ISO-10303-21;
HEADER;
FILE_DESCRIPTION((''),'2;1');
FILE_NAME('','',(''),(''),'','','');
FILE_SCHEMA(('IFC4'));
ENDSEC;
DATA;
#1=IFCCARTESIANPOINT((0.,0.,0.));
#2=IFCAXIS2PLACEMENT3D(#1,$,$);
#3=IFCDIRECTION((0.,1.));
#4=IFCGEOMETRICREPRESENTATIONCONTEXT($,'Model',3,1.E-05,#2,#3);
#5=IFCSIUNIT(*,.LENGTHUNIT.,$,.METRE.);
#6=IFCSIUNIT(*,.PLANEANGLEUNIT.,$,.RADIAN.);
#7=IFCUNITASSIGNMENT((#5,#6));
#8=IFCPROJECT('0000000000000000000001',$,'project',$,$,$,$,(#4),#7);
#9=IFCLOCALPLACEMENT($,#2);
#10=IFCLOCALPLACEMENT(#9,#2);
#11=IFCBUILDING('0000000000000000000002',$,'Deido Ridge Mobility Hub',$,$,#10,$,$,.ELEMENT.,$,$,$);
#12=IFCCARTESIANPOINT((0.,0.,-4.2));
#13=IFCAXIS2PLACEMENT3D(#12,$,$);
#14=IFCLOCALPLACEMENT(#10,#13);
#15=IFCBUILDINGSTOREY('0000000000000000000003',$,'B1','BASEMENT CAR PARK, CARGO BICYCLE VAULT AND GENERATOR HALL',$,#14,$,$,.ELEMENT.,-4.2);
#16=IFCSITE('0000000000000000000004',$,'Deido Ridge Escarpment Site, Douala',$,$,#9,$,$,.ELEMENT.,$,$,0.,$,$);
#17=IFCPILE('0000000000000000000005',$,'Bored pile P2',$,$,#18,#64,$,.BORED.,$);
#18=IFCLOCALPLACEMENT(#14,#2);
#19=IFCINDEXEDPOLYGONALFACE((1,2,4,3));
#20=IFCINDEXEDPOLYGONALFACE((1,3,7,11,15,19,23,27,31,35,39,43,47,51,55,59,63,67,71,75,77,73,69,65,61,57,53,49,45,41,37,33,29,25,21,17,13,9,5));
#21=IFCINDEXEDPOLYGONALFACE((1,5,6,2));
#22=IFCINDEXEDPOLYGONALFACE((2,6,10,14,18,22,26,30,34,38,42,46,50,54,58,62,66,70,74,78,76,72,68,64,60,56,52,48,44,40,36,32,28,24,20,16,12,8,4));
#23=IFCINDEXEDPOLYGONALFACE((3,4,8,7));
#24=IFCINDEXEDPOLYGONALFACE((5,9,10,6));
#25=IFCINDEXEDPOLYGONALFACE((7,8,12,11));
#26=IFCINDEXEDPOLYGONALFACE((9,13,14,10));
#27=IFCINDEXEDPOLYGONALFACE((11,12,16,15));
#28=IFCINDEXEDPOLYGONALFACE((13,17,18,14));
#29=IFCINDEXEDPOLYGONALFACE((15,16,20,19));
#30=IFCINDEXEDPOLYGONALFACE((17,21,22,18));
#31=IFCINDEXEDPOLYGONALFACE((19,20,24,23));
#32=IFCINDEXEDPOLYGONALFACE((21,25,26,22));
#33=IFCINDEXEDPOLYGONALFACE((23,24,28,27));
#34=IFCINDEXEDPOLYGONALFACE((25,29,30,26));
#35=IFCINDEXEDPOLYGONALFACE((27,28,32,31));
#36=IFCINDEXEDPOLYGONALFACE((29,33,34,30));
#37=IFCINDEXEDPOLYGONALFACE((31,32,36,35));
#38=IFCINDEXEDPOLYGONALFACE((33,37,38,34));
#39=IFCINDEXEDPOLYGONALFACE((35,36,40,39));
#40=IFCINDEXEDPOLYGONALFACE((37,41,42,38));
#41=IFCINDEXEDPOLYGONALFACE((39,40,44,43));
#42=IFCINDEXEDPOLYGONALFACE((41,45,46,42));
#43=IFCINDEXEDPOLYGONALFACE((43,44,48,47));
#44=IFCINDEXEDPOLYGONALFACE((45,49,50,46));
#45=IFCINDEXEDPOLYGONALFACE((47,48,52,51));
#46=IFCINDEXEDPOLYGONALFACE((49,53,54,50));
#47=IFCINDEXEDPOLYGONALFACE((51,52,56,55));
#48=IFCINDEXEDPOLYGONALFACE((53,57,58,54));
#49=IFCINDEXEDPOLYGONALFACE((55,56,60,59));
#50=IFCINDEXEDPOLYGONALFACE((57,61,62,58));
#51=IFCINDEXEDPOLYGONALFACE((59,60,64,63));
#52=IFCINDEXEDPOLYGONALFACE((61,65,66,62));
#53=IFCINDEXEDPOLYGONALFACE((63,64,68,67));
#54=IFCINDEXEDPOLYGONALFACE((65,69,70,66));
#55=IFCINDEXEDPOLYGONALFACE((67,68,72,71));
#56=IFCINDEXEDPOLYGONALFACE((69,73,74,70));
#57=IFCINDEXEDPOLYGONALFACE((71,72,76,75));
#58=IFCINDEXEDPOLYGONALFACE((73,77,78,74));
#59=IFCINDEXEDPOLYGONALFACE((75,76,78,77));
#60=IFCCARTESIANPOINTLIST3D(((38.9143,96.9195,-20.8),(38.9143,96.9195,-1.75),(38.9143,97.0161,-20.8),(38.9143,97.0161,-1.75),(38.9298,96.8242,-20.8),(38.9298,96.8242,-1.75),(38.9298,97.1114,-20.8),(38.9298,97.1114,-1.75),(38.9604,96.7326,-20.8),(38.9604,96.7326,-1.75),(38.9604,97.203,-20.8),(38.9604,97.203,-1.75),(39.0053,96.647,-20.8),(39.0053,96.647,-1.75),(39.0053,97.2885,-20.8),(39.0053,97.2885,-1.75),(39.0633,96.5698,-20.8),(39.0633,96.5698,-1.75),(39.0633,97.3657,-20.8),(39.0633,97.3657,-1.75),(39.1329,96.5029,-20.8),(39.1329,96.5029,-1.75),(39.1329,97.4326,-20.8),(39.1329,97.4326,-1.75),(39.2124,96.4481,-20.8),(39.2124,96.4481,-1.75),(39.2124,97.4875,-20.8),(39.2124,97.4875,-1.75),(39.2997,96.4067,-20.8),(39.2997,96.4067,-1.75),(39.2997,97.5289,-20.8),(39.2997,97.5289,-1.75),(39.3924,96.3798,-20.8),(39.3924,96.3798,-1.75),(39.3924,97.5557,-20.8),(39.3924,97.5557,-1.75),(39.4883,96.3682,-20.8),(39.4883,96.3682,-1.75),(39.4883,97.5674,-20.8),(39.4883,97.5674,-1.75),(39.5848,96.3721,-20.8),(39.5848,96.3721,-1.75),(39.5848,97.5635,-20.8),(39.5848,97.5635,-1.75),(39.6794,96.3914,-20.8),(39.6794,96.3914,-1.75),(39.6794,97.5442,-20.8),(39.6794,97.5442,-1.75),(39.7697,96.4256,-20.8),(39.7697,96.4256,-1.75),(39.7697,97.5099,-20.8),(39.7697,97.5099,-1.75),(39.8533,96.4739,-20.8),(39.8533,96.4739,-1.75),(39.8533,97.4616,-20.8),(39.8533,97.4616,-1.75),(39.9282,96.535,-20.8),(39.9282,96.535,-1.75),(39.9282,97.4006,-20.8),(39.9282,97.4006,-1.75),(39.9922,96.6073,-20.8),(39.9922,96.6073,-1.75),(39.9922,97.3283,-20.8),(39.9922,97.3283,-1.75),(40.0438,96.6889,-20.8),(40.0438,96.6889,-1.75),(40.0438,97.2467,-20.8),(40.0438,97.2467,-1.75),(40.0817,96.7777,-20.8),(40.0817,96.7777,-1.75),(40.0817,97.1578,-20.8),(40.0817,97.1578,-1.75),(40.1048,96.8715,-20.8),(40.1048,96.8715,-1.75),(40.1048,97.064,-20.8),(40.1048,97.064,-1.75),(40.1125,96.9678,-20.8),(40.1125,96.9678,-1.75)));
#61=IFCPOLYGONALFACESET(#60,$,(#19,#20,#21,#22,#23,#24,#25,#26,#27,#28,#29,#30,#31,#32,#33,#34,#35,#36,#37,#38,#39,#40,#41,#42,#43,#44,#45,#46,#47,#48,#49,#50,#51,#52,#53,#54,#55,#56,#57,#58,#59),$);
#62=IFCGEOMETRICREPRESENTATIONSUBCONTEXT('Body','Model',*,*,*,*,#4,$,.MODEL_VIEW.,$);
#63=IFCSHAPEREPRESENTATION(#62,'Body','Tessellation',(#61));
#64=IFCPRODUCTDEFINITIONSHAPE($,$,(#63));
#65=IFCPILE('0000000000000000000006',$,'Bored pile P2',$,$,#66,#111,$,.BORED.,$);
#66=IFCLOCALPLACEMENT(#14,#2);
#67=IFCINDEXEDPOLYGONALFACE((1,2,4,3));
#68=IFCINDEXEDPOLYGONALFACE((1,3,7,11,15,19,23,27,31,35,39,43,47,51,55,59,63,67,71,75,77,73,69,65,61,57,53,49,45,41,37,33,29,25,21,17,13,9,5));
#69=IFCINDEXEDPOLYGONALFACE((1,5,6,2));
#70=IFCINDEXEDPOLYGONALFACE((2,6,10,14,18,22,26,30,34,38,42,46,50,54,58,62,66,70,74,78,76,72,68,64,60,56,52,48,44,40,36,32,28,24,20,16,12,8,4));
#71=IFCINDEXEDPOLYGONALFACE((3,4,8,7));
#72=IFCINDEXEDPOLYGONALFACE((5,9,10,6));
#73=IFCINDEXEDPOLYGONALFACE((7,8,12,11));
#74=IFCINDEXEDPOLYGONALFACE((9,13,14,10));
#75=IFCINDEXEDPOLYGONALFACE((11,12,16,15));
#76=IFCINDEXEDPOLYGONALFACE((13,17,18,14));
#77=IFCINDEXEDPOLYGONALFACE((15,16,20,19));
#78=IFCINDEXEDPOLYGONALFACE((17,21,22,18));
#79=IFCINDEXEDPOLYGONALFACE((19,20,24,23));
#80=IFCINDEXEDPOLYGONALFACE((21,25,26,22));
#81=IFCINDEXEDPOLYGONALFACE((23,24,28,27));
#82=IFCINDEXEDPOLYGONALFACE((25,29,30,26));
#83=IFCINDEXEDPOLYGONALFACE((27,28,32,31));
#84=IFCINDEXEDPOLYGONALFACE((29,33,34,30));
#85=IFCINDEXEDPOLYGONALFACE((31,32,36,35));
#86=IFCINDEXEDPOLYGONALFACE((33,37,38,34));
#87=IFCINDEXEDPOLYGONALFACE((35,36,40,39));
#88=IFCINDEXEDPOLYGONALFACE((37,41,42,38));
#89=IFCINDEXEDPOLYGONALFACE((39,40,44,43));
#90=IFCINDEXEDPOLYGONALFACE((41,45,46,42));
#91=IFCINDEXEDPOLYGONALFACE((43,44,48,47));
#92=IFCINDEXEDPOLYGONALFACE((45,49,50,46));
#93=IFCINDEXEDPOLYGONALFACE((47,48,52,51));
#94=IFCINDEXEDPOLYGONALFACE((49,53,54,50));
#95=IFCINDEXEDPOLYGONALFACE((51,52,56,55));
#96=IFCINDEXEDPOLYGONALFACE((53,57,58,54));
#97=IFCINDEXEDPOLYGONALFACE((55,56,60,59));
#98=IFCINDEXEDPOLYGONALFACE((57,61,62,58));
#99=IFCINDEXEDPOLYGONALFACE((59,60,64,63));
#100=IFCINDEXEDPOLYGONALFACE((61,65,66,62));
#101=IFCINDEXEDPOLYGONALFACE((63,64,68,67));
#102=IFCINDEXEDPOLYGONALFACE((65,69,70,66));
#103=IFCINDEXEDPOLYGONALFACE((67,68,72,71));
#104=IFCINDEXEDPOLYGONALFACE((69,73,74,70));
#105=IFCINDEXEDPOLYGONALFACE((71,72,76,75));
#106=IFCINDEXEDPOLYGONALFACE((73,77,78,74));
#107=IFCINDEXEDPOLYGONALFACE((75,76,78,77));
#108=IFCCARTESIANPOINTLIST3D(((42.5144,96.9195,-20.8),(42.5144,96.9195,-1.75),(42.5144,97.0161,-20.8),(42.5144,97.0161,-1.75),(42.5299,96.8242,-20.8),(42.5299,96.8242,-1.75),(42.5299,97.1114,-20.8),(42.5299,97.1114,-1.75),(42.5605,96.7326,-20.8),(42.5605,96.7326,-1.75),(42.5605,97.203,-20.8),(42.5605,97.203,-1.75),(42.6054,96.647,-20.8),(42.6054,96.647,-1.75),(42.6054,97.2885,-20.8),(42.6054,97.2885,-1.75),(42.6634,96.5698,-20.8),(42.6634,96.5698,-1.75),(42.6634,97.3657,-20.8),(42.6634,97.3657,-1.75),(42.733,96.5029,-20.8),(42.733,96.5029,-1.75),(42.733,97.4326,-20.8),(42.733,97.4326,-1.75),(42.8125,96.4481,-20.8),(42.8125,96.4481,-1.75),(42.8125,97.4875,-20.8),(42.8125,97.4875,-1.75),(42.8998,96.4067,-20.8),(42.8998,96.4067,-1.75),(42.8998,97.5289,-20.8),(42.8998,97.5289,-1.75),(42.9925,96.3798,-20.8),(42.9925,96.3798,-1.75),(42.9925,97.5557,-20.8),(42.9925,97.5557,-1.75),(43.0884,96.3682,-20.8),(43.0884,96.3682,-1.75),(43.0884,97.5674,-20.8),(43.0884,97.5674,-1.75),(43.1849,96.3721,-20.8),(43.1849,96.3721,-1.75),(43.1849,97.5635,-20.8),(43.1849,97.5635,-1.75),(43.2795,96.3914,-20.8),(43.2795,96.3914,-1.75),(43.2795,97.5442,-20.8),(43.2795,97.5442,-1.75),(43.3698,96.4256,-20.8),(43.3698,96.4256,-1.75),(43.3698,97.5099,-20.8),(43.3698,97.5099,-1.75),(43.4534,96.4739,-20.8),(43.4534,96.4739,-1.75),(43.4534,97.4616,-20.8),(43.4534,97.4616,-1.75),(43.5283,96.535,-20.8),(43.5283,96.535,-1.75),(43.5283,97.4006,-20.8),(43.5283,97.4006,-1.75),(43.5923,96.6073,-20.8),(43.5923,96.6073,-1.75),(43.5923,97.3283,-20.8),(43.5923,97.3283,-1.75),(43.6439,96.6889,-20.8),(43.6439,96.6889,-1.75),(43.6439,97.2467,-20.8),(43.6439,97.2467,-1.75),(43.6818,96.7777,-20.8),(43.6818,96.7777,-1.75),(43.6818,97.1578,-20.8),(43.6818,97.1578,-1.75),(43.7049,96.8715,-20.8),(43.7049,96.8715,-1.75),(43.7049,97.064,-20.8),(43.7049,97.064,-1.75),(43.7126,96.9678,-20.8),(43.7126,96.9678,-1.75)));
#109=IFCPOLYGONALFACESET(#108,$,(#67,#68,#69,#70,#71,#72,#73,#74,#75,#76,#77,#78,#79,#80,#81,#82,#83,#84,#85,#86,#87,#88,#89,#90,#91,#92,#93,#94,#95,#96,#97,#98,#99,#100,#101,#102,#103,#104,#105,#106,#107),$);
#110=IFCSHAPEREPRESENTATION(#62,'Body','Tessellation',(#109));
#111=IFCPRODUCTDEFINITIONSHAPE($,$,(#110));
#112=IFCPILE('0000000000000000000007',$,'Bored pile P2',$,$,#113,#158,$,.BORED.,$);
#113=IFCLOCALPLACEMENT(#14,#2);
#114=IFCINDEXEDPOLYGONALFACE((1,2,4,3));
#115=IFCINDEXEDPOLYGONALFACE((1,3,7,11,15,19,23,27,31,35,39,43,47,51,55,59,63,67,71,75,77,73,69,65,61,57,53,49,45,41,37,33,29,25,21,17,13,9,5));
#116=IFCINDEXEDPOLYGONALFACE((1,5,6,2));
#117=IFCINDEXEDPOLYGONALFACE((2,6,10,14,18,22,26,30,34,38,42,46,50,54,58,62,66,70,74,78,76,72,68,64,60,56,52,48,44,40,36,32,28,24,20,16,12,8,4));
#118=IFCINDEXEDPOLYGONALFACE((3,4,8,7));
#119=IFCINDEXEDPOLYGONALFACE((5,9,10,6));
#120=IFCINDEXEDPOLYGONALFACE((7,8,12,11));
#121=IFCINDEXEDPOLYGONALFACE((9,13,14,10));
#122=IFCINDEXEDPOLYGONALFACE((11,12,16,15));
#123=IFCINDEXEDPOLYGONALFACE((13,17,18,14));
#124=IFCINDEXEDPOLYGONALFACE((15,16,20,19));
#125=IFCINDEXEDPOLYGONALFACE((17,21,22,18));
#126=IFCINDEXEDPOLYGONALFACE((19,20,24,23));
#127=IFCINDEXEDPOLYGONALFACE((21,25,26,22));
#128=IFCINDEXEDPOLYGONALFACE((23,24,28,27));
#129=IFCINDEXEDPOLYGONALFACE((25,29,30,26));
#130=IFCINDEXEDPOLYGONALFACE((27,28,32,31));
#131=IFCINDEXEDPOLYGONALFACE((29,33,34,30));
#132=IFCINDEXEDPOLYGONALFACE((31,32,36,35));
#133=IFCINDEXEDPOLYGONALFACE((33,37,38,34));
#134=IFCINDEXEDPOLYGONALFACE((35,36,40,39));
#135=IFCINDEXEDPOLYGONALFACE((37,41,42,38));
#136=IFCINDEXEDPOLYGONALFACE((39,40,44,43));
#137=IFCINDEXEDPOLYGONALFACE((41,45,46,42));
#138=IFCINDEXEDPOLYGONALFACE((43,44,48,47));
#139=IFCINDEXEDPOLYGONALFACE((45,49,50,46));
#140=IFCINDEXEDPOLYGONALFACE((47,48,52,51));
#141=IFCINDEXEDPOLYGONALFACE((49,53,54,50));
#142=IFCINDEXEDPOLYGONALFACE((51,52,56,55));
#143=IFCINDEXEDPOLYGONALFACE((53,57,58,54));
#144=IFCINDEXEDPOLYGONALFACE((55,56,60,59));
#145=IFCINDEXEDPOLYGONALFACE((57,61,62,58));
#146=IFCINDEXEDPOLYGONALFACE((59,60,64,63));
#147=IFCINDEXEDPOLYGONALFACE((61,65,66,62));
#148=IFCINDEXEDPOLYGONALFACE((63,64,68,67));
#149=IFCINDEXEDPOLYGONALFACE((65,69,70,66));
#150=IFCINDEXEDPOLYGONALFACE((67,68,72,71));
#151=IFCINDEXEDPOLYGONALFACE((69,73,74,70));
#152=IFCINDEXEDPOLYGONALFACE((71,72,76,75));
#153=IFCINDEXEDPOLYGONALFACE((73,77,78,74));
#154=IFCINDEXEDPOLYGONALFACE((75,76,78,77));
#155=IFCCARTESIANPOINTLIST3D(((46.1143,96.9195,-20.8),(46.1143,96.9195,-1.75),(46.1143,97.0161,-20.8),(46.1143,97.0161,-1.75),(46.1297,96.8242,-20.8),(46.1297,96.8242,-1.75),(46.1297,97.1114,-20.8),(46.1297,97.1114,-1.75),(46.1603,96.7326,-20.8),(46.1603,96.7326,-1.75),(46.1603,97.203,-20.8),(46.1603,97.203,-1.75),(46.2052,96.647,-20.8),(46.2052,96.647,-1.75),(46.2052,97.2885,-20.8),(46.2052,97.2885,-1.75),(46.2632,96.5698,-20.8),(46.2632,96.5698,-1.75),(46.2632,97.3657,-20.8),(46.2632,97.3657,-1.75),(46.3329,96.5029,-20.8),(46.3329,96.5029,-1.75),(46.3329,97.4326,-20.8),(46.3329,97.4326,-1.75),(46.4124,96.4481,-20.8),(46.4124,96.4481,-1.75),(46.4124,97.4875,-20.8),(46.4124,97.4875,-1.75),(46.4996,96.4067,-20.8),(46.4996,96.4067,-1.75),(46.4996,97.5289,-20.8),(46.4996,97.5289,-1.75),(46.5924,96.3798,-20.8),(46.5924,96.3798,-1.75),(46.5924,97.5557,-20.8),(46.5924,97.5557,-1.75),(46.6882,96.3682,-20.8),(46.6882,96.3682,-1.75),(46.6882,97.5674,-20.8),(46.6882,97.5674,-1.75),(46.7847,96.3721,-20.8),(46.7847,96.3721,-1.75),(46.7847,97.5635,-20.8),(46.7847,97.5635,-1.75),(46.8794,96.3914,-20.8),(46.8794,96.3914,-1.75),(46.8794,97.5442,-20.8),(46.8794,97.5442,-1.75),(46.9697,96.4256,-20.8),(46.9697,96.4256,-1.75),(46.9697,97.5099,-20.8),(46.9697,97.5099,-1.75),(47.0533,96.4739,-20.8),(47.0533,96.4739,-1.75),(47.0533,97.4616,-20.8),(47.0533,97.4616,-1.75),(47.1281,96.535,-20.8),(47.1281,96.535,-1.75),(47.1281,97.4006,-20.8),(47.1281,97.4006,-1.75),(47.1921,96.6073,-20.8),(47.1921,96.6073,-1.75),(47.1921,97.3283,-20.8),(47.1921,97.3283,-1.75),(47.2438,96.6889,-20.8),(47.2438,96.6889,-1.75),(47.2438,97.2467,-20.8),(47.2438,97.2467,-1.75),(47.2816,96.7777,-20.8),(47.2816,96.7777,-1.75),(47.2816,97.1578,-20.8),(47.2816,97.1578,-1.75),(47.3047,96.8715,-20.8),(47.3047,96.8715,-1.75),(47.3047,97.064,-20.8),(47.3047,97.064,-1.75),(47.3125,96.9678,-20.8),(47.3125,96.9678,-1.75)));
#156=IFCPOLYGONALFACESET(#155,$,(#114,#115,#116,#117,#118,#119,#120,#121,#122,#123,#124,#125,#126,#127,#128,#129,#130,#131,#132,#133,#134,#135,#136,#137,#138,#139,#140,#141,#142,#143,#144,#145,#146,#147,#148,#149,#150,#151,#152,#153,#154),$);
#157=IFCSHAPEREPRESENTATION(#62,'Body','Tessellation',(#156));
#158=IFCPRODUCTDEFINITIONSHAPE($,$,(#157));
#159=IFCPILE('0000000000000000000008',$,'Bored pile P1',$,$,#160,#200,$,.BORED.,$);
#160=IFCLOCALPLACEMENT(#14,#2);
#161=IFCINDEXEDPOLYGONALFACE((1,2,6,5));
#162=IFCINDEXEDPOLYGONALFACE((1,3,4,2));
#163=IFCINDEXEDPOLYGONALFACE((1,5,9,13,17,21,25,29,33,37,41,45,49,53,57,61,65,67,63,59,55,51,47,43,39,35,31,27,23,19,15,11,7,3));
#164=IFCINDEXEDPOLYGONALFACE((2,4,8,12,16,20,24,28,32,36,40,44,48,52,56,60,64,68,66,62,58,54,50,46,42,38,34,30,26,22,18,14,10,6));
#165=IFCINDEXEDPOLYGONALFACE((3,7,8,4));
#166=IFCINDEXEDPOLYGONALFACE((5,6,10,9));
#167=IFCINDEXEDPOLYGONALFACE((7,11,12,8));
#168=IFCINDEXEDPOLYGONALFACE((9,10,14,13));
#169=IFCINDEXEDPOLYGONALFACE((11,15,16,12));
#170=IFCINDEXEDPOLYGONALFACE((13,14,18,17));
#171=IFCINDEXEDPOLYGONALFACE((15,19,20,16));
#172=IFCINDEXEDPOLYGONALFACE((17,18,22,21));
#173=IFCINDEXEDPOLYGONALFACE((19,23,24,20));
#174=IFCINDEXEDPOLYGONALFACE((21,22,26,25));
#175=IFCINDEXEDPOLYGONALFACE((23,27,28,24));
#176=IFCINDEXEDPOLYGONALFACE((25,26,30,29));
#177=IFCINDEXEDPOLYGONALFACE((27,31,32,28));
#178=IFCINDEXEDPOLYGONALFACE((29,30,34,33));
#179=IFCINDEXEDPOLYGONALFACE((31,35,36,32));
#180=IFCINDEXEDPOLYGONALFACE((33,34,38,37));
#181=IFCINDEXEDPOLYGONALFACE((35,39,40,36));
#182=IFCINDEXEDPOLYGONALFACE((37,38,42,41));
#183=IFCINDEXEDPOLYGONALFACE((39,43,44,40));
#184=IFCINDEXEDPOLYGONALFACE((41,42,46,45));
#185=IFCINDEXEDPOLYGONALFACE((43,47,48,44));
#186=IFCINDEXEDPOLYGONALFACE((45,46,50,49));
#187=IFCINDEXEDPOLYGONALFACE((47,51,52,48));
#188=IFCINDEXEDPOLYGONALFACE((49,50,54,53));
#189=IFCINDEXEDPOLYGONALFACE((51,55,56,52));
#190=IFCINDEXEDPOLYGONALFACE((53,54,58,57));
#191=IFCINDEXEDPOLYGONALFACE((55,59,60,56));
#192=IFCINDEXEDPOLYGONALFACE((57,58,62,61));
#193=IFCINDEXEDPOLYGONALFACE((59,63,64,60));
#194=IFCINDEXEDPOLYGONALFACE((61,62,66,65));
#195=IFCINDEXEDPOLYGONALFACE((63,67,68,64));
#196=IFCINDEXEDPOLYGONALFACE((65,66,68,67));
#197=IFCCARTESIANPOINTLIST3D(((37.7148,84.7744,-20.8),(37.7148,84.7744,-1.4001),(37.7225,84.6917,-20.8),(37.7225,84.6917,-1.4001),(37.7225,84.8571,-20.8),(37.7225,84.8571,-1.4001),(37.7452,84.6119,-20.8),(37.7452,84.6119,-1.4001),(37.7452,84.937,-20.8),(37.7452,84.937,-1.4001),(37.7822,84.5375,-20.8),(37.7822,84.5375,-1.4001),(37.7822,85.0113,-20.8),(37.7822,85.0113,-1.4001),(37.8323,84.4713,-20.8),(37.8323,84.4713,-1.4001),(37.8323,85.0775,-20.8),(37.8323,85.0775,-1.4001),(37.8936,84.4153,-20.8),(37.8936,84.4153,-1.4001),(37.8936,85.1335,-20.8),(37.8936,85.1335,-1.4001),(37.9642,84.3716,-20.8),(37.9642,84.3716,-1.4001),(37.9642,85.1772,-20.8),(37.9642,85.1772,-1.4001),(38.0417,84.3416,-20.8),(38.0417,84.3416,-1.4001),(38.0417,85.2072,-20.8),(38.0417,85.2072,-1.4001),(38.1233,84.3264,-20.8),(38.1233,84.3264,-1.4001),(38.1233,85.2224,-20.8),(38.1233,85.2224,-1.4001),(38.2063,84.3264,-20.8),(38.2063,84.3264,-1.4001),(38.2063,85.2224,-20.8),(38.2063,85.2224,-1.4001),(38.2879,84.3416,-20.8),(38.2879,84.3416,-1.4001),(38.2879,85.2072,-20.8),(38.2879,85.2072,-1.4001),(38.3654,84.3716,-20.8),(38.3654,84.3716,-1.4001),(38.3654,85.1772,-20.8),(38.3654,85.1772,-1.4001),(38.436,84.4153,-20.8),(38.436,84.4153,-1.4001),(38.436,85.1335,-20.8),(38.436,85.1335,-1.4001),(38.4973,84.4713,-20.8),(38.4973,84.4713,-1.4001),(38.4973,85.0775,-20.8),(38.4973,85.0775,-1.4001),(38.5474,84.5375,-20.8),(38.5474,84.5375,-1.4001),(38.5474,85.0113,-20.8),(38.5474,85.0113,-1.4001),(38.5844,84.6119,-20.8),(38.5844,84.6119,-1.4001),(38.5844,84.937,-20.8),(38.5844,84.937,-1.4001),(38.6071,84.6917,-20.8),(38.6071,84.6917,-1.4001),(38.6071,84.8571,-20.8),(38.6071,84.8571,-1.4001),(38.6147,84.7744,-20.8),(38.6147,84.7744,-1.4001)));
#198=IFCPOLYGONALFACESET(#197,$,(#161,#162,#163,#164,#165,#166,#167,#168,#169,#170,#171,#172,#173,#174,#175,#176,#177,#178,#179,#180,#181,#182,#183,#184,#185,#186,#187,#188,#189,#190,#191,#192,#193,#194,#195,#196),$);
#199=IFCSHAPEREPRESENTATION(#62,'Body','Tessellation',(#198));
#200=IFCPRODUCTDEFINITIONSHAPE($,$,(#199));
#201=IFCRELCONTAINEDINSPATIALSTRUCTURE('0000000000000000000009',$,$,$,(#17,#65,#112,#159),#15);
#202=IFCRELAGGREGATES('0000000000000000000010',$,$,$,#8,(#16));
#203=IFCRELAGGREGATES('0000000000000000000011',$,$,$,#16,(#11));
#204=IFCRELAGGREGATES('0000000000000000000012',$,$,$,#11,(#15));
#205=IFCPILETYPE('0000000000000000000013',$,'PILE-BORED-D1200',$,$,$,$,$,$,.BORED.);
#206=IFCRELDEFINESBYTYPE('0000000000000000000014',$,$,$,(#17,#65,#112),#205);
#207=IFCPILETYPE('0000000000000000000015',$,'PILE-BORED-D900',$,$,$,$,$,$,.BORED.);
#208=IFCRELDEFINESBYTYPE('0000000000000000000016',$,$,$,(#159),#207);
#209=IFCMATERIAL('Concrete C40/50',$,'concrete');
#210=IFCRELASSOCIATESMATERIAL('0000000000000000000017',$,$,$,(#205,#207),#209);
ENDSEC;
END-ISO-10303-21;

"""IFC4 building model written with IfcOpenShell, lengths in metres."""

from ifc_helpers import new_model, si_unit, direction, frame, origin, origin_2d, place, context, subcontext, project, spatial, circle, extrude, material, material_profile, profile_set, type_object, element, save


model = new_model("IFC4")

# Units and contexts
model_context = context("Model", 3, precision=1e-05, world=origin(), true_north=direction((0.0, 1.0)))
body_context = subcontext(model_context, "Body", "Model", "MODEL_VIEW")
ifc_project = project(units=[si_unit("LENGTHUNIT", "METRE"), si_unit("PLANEANGLEUNIT", "RADIAN")], contexts=[model_context])

# Site, building, storey
site_placement = place(None, origin())
site = spatial("IfcSite", under=ifc_project, at=site_placement, Name="Deido Ridge Escarpment Site, Douala", CompositionType="ELEMENT", RefElevation=0.0)
building_placement = place(site_placement, origin())
building = spatial("IfcBuilding", under=site, at=building_placement, Name="Deido Ridge Mobility Hub", CompositionType="ELEMENT")
storey_placement = place(building_placement, frame((0.0, 0.0, -4.2)))
storey = spatial("IfcBuildingStorey", under=building, at=storey_placement, Name="B1", Description="BASEMENT CAR PARK, CARGO BICYCLE VAULT AND GENERATOR HALL", CompositionType="ELEMENT", Elevation=-4.2)

# Shared definitions
ifc_material_1 = material(Name="Concrete C40/50", Category="concrete")

# Piles
ifc_material_profile_1 = material_profile(ifc_material_1, circle(Radius=0.6001, at=origin_2d()), Name="BORED PILE D1200")
ifc_profile_set_1 = profile_set([ifc_material_profile_1], Name="Concrete C40/50")
pile_type_1 = type_object("IfcPileType", Name="PILE-BORED-D1200", PredefinedType="BORED", material=ifc_profile_set_1)
for number, where, z_axis, x_axis, name in (
    (1, (39.5125, 96.9678, -1.75), (0.0, 0.0, -1.0), (1.0, 0.0, 0.0), "Bored pile P2"),
    (2, (43.1125, 96.9678, -1.75), (0.0, 0.0, -1.0), (1.0, 0.0, 0.0), "Bored pile P2"),
    (3, (46.7124, 96.9678, -1.75), (0.0, 0.0, -1.0), (1.0, 0.0, 0.0), "Bored pile P2"),
):
    element("IfcPile", number, at=place(storey_placement, frame(where, z_axis=z_axis, x_axis=x_axis)), inside=storey, type_object=pile_type_1, Name=name, PredefinedType="BORED", context=body_context, shape_type="SweptSolid", body=[
        extrude(circle(Radius=0.6001, at=origin_2d()), origin(), (0.0, 0.0, 1.0), 19.05),
    ])
ifc_material_profile_2 = material_profile(ifc_material_1, circle(Radius=0.45, at=origin_2d()), Name="BORED PILE D900")
ifc_profile_set_2 = profile_set([ifc_material_profile_2], Name="Concrete C40/50")
pile_type_2 = type_object("IfcPileType", Name="PILE-BORED-D900", PredefinedType="BORED", material=ifc_profile_set_2)
for number, where, z_axis, x_axis, name in (
    (4, (38.1648, 84.7744, -1.4001), (0.0, 0.0, -1.0), (1.0, 0.0, 0.0), "Bored pile P1"),
):
    element("IfcPile", number, at=place(storey_placement, frame(where, z_axis=z_axis, x_axis=x_axis)), inside=storey, type_object=pile_type_2, Name=name, PredefinedType="BORED", context=body_context, shape_type="SweptSolid", body=[
        extrude(circle(Radius=0.45, at=origin_2d()), origin(), (0.0, 0.0, 1.0), 19.3999),
    ])

save(model, "model.ifc")
